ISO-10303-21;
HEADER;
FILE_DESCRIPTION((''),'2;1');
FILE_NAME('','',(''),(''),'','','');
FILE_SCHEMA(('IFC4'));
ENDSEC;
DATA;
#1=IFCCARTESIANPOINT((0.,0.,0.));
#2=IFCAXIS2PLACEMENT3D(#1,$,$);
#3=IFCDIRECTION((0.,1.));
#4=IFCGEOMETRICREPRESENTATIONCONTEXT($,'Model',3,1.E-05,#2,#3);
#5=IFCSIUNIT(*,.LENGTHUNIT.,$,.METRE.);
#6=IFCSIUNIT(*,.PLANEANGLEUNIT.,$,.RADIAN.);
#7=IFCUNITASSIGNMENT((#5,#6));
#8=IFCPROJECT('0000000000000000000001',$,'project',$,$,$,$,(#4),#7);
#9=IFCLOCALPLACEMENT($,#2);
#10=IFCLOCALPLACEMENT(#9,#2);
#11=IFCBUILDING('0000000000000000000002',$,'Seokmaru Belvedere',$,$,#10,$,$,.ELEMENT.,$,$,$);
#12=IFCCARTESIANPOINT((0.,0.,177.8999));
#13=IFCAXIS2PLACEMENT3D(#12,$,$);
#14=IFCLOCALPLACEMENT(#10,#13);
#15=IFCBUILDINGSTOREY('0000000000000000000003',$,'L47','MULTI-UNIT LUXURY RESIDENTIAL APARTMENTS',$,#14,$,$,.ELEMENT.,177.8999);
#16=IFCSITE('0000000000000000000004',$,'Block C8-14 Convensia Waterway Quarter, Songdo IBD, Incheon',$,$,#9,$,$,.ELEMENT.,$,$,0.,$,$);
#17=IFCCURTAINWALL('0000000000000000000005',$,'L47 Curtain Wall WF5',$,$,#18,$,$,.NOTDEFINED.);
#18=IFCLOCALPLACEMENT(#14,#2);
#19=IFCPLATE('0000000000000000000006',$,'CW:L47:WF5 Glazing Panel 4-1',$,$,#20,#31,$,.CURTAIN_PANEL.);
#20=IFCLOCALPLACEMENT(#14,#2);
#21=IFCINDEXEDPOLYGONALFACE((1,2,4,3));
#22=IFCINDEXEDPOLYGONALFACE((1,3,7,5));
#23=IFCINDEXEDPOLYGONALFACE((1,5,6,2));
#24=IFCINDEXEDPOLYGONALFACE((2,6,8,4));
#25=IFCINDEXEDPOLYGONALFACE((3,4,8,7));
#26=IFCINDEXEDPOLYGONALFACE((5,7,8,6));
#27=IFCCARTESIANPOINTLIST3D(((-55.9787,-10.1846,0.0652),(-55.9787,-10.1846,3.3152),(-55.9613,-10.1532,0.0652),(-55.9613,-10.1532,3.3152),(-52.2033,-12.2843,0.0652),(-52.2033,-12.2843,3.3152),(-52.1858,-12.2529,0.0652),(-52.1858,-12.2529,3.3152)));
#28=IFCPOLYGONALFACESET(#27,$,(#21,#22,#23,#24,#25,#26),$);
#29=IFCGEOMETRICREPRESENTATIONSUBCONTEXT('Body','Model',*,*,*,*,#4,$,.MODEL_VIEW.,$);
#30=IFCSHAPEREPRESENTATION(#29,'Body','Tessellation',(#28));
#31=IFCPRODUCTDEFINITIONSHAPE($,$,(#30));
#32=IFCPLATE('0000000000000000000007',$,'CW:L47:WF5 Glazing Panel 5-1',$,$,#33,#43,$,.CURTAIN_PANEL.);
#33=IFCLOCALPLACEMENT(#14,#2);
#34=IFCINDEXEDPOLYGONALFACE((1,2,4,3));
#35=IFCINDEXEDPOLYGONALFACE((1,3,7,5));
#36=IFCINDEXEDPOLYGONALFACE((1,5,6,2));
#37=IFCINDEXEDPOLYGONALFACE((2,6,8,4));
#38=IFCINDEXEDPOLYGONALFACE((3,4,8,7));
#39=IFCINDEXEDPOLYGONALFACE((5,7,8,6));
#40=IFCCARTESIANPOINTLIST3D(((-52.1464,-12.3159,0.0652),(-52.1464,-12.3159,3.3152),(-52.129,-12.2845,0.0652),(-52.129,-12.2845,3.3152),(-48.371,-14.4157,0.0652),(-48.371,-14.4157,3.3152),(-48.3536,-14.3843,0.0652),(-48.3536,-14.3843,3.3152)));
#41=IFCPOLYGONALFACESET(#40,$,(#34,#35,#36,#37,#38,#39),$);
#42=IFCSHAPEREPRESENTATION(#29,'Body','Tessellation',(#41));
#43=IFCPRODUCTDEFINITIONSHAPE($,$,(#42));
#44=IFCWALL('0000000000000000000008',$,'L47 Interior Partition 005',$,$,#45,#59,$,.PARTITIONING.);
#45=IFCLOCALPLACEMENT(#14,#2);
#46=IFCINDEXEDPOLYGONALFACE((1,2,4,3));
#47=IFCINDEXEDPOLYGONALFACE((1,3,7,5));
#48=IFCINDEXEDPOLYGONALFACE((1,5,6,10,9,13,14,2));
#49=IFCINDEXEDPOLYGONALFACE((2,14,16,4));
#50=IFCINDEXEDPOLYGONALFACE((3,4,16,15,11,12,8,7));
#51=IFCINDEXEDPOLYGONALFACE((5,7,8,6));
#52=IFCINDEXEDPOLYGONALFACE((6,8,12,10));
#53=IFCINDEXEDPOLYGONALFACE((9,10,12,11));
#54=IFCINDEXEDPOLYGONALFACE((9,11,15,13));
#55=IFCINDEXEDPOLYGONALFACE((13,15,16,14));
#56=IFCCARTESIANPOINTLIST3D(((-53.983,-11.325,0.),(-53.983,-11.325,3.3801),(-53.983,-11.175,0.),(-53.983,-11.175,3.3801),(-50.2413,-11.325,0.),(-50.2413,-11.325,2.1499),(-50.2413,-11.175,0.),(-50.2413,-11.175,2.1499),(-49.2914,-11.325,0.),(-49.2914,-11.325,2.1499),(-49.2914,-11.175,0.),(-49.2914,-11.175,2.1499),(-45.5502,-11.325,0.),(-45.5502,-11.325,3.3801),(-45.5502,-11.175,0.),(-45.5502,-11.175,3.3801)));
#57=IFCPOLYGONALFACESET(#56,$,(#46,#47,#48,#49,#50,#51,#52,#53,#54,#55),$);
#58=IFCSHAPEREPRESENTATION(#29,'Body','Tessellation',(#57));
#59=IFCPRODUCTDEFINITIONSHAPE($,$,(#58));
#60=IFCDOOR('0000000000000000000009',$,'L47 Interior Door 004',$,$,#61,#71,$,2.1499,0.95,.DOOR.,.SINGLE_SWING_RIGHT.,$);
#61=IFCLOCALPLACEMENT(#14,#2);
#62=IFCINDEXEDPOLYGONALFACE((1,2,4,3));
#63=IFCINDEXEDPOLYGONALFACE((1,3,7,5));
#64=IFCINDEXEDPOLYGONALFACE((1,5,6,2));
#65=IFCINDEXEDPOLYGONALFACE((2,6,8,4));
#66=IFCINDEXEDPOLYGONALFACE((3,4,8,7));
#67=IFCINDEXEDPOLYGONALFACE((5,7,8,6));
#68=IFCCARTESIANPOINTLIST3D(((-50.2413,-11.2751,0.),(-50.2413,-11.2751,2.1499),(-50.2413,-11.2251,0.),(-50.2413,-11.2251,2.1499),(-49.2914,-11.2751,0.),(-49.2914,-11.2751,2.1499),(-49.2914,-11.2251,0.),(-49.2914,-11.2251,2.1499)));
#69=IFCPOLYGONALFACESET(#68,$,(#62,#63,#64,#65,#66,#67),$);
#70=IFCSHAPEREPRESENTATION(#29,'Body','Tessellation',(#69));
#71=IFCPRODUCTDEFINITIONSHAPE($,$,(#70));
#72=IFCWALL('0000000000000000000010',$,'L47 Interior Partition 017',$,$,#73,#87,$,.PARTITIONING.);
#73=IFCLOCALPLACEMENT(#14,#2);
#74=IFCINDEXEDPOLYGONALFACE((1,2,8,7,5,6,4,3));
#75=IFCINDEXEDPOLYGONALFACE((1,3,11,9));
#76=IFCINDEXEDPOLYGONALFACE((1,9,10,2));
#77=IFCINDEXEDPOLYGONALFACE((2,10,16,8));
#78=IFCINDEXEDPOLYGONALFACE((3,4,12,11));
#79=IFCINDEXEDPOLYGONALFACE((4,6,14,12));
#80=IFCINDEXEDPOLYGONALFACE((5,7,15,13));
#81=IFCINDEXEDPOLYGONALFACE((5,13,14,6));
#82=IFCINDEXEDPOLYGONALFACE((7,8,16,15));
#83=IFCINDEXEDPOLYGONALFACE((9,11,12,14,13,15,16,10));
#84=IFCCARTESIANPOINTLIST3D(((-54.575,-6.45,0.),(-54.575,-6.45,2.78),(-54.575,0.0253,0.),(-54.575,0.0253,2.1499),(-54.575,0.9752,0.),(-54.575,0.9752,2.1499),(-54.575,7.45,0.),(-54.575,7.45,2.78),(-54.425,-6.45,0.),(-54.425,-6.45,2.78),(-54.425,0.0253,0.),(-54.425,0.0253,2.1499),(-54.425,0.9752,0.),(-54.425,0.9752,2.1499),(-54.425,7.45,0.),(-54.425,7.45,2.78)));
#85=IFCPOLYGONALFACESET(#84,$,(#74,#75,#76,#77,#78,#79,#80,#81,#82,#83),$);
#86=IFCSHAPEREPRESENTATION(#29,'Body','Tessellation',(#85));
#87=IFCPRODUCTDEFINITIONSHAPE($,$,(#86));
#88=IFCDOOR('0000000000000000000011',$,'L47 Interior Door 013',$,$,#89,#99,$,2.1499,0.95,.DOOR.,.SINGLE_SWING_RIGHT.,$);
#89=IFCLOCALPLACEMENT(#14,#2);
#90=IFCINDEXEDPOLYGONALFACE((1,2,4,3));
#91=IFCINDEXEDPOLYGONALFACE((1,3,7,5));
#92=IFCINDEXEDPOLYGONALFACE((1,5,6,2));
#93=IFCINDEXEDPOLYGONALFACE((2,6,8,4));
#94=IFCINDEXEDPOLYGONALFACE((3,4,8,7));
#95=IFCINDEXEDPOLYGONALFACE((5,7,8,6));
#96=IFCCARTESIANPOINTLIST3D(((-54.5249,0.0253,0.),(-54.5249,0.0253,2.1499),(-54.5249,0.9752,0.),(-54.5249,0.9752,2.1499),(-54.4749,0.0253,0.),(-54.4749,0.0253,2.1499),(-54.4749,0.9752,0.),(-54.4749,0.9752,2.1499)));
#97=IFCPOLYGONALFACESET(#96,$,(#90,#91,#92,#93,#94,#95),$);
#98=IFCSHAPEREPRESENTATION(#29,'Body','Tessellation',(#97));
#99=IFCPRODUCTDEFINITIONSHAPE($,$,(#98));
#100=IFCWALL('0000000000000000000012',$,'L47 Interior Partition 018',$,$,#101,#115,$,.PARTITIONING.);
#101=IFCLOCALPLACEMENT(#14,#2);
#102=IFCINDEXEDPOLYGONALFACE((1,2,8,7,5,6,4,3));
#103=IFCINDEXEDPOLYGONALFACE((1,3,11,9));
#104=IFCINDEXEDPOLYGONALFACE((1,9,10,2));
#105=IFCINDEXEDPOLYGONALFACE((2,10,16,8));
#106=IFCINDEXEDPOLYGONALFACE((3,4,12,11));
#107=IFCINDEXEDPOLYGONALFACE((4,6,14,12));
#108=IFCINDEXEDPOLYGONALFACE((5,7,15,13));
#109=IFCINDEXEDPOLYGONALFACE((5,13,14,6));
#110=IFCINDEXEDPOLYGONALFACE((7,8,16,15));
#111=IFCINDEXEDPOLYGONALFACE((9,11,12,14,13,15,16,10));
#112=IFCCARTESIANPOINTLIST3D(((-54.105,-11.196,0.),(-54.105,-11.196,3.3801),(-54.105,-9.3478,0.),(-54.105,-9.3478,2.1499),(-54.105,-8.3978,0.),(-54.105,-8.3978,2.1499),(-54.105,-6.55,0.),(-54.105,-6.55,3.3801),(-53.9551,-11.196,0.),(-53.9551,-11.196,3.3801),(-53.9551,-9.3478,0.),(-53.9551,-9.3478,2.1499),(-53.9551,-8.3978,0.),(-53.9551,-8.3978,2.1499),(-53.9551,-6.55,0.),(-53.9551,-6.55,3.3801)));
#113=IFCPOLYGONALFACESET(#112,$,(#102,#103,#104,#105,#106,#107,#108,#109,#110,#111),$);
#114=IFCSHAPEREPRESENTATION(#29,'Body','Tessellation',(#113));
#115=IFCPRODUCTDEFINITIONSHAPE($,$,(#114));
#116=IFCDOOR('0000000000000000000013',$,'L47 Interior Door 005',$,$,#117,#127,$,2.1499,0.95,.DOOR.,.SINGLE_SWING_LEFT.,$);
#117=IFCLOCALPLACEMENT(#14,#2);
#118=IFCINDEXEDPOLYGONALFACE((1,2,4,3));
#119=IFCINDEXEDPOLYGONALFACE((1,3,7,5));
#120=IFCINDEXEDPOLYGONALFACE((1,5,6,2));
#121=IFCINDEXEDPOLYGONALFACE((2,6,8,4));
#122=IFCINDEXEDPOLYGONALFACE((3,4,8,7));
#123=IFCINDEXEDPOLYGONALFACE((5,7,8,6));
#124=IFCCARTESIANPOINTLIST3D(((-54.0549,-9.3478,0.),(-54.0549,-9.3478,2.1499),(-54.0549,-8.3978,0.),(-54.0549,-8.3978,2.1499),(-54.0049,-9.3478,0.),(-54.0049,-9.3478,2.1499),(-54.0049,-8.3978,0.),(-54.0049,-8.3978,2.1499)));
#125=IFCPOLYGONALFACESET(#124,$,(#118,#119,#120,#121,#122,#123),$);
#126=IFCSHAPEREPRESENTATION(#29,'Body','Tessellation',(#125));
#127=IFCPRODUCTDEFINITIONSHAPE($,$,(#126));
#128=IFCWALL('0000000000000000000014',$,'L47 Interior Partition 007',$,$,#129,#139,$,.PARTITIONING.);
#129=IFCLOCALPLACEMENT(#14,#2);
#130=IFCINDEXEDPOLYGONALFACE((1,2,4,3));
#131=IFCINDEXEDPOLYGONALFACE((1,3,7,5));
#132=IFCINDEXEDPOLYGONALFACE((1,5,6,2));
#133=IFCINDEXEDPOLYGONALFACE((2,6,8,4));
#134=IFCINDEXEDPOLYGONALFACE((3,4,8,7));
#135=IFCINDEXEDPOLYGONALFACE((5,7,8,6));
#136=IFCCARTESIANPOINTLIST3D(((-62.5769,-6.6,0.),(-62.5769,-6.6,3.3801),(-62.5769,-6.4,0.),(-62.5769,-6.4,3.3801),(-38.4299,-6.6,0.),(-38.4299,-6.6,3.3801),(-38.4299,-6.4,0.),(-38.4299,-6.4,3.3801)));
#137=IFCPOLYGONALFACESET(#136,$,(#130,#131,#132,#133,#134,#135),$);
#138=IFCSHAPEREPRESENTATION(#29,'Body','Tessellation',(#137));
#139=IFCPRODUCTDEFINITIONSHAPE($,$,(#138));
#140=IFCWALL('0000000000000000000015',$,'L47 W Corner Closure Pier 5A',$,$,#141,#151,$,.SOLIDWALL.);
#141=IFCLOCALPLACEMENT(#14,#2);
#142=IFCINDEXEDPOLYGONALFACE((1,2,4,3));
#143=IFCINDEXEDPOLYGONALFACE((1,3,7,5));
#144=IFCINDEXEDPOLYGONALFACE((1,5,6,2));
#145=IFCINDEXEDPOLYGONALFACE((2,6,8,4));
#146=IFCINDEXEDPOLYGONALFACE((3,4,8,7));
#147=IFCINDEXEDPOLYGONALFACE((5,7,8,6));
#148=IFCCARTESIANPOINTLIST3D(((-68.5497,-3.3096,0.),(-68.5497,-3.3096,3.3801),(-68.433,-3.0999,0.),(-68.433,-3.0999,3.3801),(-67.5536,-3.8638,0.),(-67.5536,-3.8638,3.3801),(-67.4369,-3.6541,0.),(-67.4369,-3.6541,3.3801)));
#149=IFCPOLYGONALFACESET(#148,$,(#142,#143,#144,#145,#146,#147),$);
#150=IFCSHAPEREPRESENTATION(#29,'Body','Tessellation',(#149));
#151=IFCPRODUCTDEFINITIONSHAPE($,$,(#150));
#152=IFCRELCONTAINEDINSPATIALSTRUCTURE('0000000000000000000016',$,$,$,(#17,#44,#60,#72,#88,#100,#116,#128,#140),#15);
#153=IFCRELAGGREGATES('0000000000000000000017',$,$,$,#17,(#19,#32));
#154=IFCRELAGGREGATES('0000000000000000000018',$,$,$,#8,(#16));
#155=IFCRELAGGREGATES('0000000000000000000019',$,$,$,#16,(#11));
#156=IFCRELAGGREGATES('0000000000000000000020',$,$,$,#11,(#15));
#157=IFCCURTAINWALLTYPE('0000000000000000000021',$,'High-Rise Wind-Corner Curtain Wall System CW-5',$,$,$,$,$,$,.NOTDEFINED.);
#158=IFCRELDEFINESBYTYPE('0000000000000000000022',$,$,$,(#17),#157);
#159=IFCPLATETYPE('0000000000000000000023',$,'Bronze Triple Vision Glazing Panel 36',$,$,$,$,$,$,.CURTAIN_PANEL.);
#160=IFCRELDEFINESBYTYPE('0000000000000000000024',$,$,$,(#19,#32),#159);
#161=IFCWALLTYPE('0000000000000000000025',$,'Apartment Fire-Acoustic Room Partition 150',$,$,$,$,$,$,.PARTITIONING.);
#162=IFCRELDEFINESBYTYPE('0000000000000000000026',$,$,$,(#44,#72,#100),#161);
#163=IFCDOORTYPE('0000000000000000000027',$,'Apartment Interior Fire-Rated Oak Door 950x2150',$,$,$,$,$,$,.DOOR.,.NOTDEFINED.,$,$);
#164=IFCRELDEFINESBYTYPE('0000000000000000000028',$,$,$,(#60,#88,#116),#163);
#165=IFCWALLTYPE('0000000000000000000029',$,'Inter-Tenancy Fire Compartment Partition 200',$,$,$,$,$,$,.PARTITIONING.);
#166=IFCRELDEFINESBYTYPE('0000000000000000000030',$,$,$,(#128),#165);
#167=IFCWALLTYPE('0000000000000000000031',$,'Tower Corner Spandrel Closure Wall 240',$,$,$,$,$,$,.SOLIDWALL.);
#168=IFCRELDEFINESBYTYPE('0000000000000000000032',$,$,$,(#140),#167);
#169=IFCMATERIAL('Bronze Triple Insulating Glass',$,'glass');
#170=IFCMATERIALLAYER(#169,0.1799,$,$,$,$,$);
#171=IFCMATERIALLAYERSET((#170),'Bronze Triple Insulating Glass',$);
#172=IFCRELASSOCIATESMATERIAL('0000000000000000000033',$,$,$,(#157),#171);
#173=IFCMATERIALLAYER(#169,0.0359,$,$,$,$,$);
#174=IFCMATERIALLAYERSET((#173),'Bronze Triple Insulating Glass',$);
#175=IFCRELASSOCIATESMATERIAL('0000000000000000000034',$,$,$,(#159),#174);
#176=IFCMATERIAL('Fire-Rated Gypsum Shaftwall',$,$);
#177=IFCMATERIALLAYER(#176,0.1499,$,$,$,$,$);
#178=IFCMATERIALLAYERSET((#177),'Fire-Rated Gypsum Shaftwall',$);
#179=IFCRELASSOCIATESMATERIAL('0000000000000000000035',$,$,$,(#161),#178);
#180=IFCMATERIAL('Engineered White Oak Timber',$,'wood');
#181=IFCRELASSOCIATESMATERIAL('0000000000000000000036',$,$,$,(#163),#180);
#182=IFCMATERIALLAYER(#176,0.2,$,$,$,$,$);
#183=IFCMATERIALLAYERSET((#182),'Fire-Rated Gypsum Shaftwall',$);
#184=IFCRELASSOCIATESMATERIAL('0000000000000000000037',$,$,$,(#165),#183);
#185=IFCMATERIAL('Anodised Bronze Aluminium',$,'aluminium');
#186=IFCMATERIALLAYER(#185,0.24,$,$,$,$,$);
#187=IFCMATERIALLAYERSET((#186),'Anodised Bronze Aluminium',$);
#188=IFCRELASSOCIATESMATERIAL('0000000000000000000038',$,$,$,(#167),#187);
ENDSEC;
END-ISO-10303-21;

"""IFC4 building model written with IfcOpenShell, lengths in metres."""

from ifc_helpers import new_model, si_unit, direction, frame, frame_2d, origin, origin_2d, place, context, subcontext, project, spatial, rectangle, extrude, source, transform, mapped, material, layer, layer_set, type_object, type_shapes, element, fill, aggregate, save


model = new_model("IFC4")

# Units and contexts
model_context = context("Model", 3, precision=1e-05, world=origin(), true_north=direction((0.0, 1.0)))
body_context = subcontext(model_context, "Body", "Model", "MODEL_VIEW")
ifc_project = project(units=[si_unit("LENGTHUNIT", "METRE"), si_unit("PLANEANGLEUNIT", "RADIAN")], contexts=[model_context])

# Site, building, storey
site_placement = place(None, origin())
site = spatial("IfcSite", under=ifc_project, at=site_placement, Name="Block C8-14 Convensia Waterway Quarter, Songdo IBD, Incheon", CompositionType="ELEMENT", RefElevation=0.0)
building_placement = place(site_placement, origin())
building = spatial("IfcBuilding", under=site, at=building_placement, Name="Seokmaru Belvedere", CompositionType="ELEMENT")
storey_placement = place(building_placement, frame((0.0, 0.0, 177.8999)))
storey = spatial("IfcBuildingStorey", under=building, at=storey_placement, Name="L47", Description="MULTI-UNIT LUXURY RESIDENTIAL APARTMENTS", CompositionType="ELEMENT", Elevation=177.8999)

# Curtain wall, plates
ifc_material_1 = material(Name="Bronze Triple Insulating Glass", Category="glass")
ifc_layer_1 = layer(ifc_material_1, 0.1799)
ifc_layer_set_1 = layer_set([ifc_layer_1], Name="Bronze Triple Insulating Glass")
curtain_wall_type = type_object("IfcCurtainWallType", Name="High-Rise Wind-Corner Curtain Wall System CW-5", PredefinedType="NOTDEFINED", material=ifc_layer_set_1)
curtain_wall_placement = place(storey_placement, origin())
curtain_wall = element("IfcCurtainWall", 1, at=curtain_wall_placement, inside=storey, type_object=curtain_wall_type, Name="L47 Curtain Wall WF5", PredefinedType="NOTDEFINED")
ifc_material_2 = material(Name="Anodised Bronze Aluminium", Category="aluminium")
ifc_layer_2 = layer(ifc_material_1, 0.0359)
ifc_layer_set_2 = layer_set([ifc_layer_2], Name="Bronze Triple Insulating Glass")
plate_type = type_object("IfcPlateType", Name="Bronze Triple Vision Glazing Panel 36", PredefinedType="CURTAIN_PANEL", material=ifc_layer_set_2)
shared_shape_1 = source(origin(), body_context, "Body", "SweptSolid", [
    extrude(rectangle(XDim=4.3201, YDim=0.0359, at=origin_2d()), origin(), (0.0, 0.0, 1.0), 3.25),
])
plate_1_placement = place(storey_placement, frame((-54.0823, -11.2188, 0.0652), z_axis=(0.0, 0.0, 1.0), x_axis=(0.873933, -0.486047, 0.0)))
plate_1 = element("IfcPlate", 2, at=plate_1_placement, type_object=plate_type, Name="CW:L47:WF5 Glazing Panel 4-1", PredefinedType="CURTAIN_PANEL", context=body_context, shape_type="MappedRepresentation", body=[
    mapped(shared_shape_1, transform((0.0, 0.0, 0.0), scale=1.0)),
])
plate_2_placement = place(storey_placement, frame((-50.25, -13.3501, 0.0652), z_axis=(0.0, 0.0, 1.0), x_axis=(0.873933, -0.486047, 0.0)))
plate_2 = element("IfcPlate", 3, at=plate_2_placement, type_object=plate_type, Name="CW:L47:WF5 Glazing Panel 5-1", PredefinedType="CURTAIN_PANEL", context=body_context, shape_type="MappedRepresentation", body=[
    mapped(shared_shape_1, transform((0.0, 0.0, 0.0), scale=1.0)),
])
aggregate(curtain_wall, [plate_1, plate_2])

# Walls, openings, doors
ifc_material_3 = material(Name="Fire-Rated Gypsum Shaftwall")
ifc_layer_3 = layer(ifc_material_3, 0.1499)
ifc_layer_set_3 = layer_set([ifc_layer_3], Name="Fire-Rated Gypsum Shaftwall")
wall_type_1 = type_object("IfcWallType", Name="Apartment Fire-Acoustic Room Partition 150", PredefinedType="PARTITIONING", material=ifc_layer_set_3)
wall_1_placement = place(storey_placement, frame((-53.9829, -11.25, 0.0), z_axis=(0.0, 0.0, 1.0), x_axis=(1.0, 0.0, 0.0)))
wall_1 = element("IfcWall", 4, at=wall_1_placement, inside=storey, type_object=wall_type_1, Name="L47 Interior Partition 005", PredefinedType="PARTITIONING", context=body_context, shape_type="SweptSolid", body=[
    extrude(rectangle(XDim=8.4329, YDim=0.1499, at=frame_2d((4.2163, 0.0))), origin(), (0.0, 0.0, 1.0), 3.3801),
])
opening_1_placement = place(wall_1_placement, frame((3.7415, 0.0, 0.0)))
opening_1 = element("IfcOpeningElement", 5, at=opening_1_placement, cuts=wall_1, PredefinedType="OPENING", context=body_context, shape_type="SweptSolid", body=[
    extrude(rectangle(XDim=0.95, YDim=2.1499, at=frame_2d((0.4751, 1.075))), frame((0.0, 0.085, 0.0), z_axis=(0.0, -1.0, 0.0), x_axis=(1.0, 0.0, 0.0)), (0.0, 0.0, 1.0), 0.1699),
])
ifc_material_4 = material(Name="Engineered White Oak Timber", Category="wood")
door_type = type_object("IfcDoorType", Name="Apartment Interior Fire-Rated Oak Door 950x2150", OperationType="NOTDEFINED", PredefinedType="DOOR", material=ifc_material_4)
shared_shape_2 = source(origin(), body_context, "Body", "SweptSolid", [
    extrude(rectangle(XDim=0.95, YDim=2.1499, at=frame_2d((0.4751, 1.075))), frame((0.0, 0.0249, 0.0), z_axis=(0.0, -1.0, 0.0), x_axis=(1.0, 0.0, 0.0)), (0.0, 0.0, 1.0), 0.05),
])
type_shapes(door_type, [shared_shape_2])
door_1_placement = place(opening_1_placement, origin())
door_1 = element("IfcDoor", 6, at=door_1_placement, inside=storey, type_object=door_type, Name="L47 Interior Door 004", OperationType="SINGLE_SWING_RIGHT", OverallHeight=2.1499, OverallWidth=0.95, PredefinedType="DOOR", context=body_context, shape_type="MappedRepresentation", body=[
    mapped(shared_shape_2, transform((0.0, 0.0, 0.0), scale=1.0)),
])
fill(opening_1, door_1)
wall_2_placement = place(storey_placement, frame((-54.5, -6.45, 0.0), z_axis=(0.0, 0.0, 1.0), x_axis=(0.0, 1.0, 0.0)))
wall_2 = element("IfcWall", 7, at=wall_2_placement, inside=storey, type_object=wall_type_1, Name="L47 Interior Partition 017", PredefinedType="PARTITIONING", context=body_context, shape_type="SweptSolid", body=[
    extrude(rectangle(XDim=13.8999, YDim=0.1499, at=frame_2d((6.95, 0.0))), origin(), (0.0, 0.0, 1.0), 2.78),
])
opening_2_placement = place(wall_2_placement, frame((6.4751, 0.0, 0.0)))
opening_2 = element("IfcOpeningElement", 8, at=opening_2_placement, cuts=wall_2, PredefinedType="OPENING", context=body_context, shape_type="SweptSolid", body=[
    extrude(rectangle(XDim=0.95, YDim=2.1499, at=frame_2d((0.4751, 1.075))), frame((0.0, 0.085, 0.0), z_axis=(0.0, -1.0, 0.0), x_axis=(1.0, 0.0, 0.0)), (0.0, 0.0, 1.0), 0.1699),
])
door_2_placement = place(opening_2_placement, origin())
door_2 = element("IfcDoor", 9, at=door_2_placement, inside=storey, type_object=door_type, Name="L47 Interior Door 013", OperationType="SINGLE_SWING_RIGHT", OverallHeight=2.1499, OverallWidth=0.95, PredefinedType="DOOR", context=body_context, shape_type="MappedRepresentation", body=[
    mapped(shared_shape_2, transform((0.0, 0.0, 0.0), scale=1.0)),
])
fill(opening_2, door_2)
wall_3_placement = place(storey_placement, frame((-54.03, -11.196, 0.0), z_axis=(0.0, 0.0, 1.0), x_axis=(0.0, 1.0, 0.0)))
wall_3 = element("IfcWall", 10, at=wall_3_placement, inside=storey, type_object=wall_type_1, Name="L47 Interior Partition 018", PredefinedType="PARTITIONING", context=body_context, shape_type="SweptSolid", body=[
    extrude(rectangle(XDim=4.646, YDim=0.1499, at=frame_2d((2.323, 0.0))), origin(), (0.0, 0.0, 1.0), 3.3801),
])
opening_3_placement = place(wall_3_placement, frame((1.8481, 0.0, 0.0)))
opening_3 = element("IfcOpeningElement", 11, at=opening_3_placement, cuts=wall_3, PredefinedType="OPENING", context=body_context, shape_type="SweptSolid", body=[
    extrude(rectangle(XDim=0.95, YDim=2.1499, at=frame_2d((0.4751, 1.075))), frame((0.0, 0.085, 0.0), z_axis=(0.0, -1.0, 0.0), x_axis=(1.0, 0.0, 0.0)), (0.0, 0.0, 1.0), 0.1699),
])
door_3_placement = place(opening_3_placement, origin())
door_3 = element("IfcDoor", 12, at=door_3_placement, inside=storey, type_object=door_type, Name="L47 Interior Door 005", OperationType="SINGLE_SWING_LEFT", OverallHeight=2.1499, OverallWidth=0.95, PredefinedType="DOOR", context=body_context, shape_type="MappedRepresentation", body=[
    mapped(shared_shape_2, transform((0.0, 0.0, 0.0), scale=1.0)),
])
fill(opening_3, door_3)

# Walls
ifc_layer_4 = layer(ifc_material_3, 0.2)
ifc_layer_set_4 = layer_set([ifc_layer_4], Name="Fire-Rated Gypsum Shaftwall")
wall_type_2 = type_object("IfcWallType", Name="Inter-Tenancy Fire Compartment Partition 200", PredefinedType="PARTITIONING", material=ifc_layer_set_4)
wall_4_placement = place(storey_placement, frame((-62.5769, -6.5, 0.0), z_axis=(0.0, 0.0, 1.0), x_axis=(1.0, 0.0, 0.0)))
element("IfcWall", 13, at=wall_4_placement, inside=storey, type_object=wall_type_2, Name="L47 Interior Partition 007", PredefinedType="PARTITIONING", context=body_context, shape_type="SweptSolid", body=[
    extrude(rectangle(XDim=24.147, YDim=0.2, at=frame_2d((12.0735, 0.0))), origin(), (0.0, 0.0, 1.0), 3.3801),
])
ifc_layer_5 = layer(ifc_material_2, 0.24)
ifc_layer_set_5 = layer_set([ifc_layer_5], Name="Anodised Bronze Aluminium")
wall_type_3 = type_object("IfcWallType", Name="Tower Corner Spandrel Closure Wall 240", PredefinedType="SOLIDWALL", material=ifc_layer_set_5)
wall_5_placement = place(storey_placement, frame((-68.4912, -3.2048, 0.0), z_axis=(0.0, 0.0, 1.0), x_axis=(0.873854, -0.486188, 0.0)))
element("IfcWall", 14, at=wall_5_placement, inside=storey, type_object=wall_type_3, Name="L47 W Corner Closure Pier 5A", PredefinedType="SOLIDWALL", context=body_context, shape_type="SweptSolid", body=[
    extrude(rectangle(XDim=1.1399, YDim=0.24, at=frame_2d((0.5698, 0.0))), origin(), (0.0, 0.0, 1.0), 3.3801),
])

save(model, "model.ifc")
